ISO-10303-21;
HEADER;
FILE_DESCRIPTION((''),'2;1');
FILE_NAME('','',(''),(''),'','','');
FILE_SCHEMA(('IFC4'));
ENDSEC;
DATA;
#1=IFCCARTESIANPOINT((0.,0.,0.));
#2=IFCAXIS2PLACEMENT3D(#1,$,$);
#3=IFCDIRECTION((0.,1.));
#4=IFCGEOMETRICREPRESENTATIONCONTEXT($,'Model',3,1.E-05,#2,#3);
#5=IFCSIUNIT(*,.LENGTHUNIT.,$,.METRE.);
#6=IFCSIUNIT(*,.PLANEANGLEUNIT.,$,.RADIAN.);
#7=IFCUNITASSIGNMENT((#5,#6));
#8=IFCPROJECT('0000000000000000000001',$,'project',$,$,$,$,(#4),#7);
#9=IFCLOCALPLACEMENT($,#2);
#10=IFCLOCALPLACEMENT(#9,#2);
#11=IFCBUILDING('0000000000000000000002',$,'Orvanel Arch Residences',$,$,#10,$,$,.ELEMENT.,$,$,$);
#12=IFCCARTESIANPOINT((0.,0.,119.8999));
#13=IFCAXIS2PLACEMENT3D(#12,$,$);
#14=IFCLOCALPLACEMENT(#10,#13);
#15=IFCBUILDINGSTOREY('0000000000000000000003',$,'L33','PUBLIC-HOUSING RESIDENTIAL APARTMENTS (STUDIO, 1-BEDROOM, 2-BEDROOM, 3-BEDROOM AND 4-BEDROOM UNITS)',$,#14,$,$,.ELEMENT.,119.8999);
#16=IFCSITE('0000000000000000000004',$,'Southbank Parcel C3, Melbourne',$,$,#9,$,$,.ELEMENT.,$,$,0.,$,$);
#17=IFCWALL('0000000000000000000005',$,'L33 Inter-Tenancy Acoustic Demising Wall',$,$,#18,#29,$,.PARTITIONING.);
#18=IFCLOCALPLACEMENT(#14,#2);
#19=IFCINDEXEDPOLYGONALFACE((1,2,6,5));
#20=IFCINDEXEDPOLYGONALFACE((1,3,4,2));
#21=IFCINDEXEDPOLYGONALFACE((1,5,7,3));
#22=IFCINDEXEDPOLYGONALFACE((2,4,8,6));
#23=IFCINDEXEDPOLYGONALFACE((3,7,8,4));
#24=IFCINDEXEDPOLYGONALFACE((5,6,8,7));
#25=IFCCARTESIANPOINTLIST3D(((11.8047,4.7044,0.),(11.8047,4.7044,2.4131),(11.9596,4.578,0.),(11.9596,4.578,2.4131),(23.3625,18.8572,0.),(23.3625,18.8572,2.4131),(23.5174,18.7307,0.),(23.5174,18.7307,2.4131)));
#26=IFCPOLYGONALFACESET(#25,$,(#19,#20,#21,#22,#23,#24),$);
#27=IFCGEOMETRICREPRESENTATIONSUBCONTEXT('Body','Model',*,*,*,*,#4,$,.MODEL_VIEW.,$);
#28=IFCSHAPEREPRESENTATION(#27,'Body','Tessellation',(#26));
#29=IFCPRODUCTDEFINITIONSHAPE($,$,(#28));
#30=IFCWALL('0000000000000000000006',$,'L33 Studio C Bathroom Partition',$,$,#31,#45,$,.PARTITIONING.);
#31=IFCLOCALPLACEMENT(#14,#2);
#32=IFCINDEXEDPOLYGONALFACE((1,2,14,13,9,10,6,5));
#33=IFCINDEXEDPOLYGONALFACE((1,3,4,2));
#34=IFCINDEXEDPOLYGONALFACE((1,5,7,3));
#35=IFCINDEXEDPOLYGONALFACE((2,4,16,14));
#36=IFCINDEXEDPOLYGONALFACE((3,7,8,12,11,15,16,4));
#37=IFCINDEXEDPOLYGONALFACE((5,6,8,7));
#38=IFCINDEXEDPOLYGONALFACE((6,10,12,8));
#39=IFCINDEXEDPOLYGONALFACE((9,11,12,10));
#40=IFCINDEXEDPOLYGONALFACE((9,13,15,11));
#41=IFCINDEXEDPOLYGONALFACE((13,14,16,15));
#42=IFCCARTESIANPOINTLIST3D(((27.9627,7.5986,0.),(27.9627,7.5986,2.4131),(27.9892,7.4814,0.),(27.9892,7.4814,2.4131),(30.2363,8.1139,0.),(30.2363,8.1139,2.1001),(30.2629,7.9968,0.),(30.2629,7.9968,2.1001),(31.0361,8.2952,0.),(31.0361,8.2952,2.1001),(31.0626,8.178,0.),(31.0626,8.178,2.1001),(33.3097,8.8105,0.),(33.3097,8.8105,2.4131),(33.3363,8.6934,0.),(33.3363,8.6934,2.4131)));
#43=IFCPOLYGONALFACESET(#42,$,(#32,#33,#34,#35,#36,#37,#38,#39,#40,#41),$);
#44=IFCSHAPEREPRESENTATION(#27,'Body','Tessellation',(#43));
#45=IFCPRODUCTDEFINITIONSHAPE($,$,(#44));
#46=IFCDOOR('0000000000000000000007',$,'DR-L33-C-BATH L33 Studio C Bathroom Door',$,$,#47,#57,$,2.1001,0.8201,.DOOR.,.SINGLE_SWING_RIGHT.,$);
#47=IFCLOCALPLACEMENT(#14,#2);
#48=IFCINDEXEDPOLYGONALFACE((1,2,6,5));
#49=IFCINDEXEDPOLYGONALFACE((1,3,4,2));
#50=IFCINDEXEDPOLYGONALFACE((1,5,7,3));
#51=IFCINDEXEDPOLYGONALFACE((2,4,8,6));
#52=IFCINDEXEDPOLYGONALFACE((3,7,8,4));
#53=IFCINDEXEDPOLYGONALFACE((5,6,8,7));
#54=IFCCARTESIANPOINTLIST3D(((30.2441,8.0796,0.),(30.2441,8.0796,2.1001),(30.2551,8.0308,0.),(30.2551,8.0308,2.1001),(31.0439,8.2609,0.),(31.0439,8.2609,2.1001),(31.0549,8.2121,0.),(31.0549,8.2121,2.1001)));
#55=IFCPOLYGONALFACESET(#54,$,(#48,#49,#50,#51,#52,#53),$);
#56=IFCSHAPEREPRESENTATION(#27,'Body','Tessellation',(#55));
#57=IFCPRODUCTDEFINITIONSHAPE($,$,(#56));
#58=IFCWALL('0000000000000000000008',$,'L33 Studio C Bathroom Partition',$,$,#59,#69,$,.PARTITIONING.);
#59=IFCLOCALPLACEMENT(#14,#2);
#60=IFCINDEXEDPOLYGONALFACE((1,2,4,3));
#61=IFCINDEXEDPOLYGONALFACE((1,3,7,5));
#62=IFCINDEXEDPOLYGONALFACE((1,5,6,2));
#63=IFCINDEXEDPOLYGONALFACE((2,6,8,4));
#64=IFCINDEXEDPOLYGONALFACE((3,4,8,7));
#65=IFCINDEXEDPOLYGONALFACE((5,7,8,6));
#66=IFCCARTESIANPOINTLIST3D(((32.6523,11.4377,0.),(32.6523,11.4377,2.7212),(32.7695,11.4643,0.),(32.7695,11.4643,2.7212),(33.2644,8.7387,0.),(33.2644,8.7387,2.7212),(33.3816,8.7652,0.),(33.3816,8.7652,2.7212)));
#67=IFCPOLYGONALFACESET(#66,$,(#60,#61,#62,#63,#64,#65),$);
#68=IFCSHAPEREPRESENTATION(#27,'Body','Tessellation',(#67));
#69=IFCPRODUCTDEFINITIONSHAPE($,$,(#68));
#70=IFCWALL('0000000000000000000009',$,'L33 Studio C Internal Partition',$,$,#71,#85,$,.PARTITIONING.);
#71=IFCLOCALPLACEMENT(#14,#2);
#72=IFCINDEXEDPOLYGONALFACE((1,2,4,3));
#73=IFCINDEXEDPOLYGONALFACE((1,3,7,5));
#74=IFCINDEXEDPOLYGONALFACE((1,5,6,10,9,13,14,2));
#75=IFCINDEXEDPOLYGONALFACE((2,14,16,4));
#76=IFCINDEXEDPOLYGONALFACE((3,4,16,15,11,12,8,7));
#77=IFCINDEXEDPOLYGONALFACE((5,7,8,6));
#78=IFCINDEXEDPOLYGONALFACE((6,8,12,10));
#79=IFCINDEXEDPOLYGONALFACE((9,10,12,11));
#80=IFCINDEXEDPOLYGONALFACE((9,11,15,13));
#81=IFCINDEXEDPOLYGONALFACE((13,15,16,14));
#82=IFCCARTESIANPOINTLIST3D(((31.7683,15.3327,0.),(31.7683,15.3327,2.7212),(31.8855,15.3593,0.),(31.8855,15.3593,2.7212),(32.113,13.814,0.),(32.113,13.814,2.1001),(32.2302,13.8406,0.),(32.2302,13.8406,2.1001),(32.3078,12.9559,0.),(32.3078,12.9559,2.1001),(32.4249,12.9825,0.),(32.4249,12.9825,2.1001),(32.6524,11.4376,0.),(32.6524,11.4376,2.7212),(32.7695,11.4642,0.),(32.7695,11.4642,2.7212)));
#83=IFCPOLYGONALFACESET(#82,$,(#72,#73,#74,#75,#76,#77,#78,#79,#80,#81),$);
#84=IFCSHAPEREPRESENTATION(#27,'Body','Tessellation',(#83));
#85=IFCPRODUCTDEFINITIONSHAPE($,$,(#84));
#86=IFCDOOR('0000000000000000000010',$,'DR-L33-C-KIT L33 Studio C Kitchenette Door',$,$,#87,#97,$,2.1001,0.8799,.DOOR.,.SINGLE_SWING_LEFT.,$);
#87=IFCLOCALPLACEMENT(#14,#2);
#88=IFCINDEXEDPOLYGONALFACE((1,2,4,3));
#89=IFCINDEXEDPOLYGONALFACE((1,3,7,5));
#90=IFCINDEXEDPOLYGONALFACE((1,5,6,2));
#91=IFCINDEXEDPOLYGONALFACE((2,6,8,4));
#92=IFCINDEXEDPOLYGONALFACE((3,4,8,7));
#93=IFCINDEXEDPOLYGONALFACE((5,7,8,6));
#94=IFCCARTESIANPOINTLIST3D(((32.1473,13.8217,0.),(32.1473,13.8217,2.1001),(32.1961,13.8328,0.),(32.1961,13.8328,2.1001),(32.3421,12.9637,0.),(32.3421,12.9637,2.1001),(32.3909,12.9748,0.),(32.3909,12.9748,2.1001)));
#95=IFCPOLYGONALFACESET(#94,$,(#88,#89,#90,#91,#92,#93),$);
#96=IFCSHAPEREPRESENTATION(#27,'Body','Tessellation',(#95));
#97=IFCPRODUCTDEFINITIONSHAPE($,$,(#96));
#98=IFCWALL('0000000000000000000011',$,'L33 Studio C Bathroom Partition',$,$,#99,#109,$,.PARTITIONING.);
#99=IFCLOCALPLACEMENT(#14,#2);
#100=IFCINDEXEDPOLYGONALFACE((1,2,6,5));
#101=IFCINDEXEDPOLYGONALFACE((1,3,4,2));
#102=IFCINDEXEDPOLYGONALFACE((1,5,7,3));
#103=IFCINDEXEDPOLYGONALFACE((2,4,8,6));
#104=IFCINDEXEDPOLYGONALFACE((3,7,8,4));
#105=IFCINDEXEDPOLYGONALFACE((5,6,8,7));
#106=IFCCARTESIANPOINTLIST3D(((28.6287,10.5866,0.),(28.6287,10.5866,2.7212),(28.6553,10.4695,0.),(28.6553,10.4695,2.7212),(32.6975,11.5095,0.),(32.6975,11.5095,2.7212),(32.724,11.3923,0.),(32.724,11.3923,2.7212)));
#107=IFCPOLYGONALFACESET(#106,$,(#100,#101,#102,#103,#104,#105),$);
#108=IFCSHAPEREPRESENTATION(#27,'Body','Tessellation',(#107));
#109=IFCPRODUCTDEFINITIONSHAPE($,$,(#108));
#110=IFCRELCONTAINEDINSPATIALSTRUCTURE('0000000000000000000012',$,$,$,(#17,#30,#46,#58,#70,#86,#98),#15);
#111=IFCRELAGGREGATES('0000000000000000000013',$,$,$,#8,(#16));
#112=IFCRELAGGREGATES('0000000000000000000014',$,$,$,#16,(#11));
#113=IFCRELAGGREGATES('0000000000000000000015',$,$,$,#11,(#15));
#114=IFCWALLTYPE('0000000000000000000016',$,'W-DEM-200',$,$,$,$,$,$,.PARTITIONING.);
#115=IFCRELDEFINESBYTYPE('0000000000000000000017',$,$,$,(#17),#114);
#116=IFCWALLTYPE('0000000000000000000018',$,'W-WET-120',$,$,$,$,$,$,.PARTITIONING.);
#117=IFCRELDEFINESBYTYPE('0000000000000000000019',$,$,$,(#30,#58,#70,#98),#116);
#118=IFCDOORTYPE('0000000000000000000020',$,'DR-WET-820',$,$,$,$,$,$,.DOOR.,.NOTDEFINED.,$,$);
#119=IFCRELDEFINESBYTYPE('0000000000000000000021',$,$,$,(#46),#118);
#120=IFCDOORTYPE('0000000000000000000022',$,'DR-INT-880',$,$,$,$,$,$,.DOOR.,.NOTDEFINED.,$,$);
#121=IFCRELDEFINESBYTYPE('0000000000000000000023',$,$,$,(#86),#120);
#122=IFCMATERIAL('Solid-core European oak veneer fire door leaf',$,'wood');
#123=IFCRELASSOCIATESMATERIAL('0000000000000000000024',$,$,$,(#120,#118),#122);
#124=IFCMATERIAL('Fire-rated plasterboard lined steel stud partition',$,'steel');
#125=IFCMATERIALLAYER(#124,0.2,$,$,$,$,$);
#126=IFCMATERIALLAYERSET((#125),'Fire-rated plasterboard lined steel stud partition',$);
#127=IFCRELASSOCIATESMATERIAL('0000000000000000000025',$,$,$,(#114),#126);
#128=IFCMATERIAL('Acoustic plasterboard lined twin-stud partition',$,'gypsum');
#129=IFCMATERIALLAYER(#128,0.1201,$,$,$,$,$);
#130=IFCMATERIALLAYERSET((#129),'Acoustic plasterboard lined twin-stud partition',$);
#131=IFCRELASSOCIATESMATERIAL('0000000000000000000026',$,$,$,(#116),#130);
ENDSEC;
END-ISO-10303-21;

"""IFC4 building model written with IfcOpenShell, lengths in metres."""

from ifc_helpers import new_model, si_unit, direction, frame, frame_2d, origin, place, context, subcontext, project, spatial, rectangle, extrude, material, layer, layer_set, type_object, element, fill, save


model = new_model("IFC4")

# Units and contexts
model_context = context("Model", 3, precision=1e-05, world=origin(), true_north=direction((0.0, 1.0)))
body_context = subcontext(model_context, "Body", "Model", "MODEL_VIEW")
ifc_project = project(units=[si_unit("LENGTHUNIT", "METRE"), si_unit("PLANEANGLEUNIT", "RADIAN")], contexts=[model_context])

# Site, building, storey
site_placement = place(None, origin())
site = spatial("IfcSite", under=ifc_project, at=site_placement, Name="Southbank Parcel C3, Melbourne", CompositionType="ELEMENT", RefElevation=0.0)
building_placement = place(site_placement, origin())
building = spatial("IfcBuilding", under=site, at=building_placement, Name="Orvanel Arch Residences", CompositionType="ELEMENT")
storey_placement = place(building_placement, frame((0.0, 0.0, 119.8999)))
storey = spatial("IfcBuildingStorey", under=building, at=storey_placement, Name="L33", Description="PUBLIC-HOUSING RESIDENTIAL APARTMENTS (STUDIO, 1-BEDROOM, 2-BEDROOM, 3-BEDROOM AND 4-BEDROOM UNITS)", CompositionType="ELEMENT", Elevation=119.8999)

# Shared definitions
ifc_material_1 = material(Name="Fire-rated plasterboard lined steel stud partition", Category="steel")

# Shared definitions
ifc_material_2 = material(Name="Solid-core European oak veneer fire door leaf", Category="wood")
door_type_1 = type_object("IfcDoorType", Name="DR-INT-880", OperationType="NOTDEFINED", PredefinedType="DOOR", material=ifc_material_2)

# Wall
ifc_layer_1 = layer(ifc_material_1, 0.2)
ifc_layer_set_1 = layer_set([ifc_layer_1], Name="Fire-rated plasterboard lined steel stud partition")
wall_type_1 = type_object("IfcWallType", Name="W-DEM-200", PredefinedType="PARTITIONING", material=ifc_layer_set_1)
wall_1_placement = place(storey_placement, frame((23.4399, 18.7939, 0.0), z_axis=(0.0, 0.0, 1.0), x_axis=(-0.632525, -0.77454, 0.0)))
element("IfcWall", 1, at=wall_1_placement, inside=storey, type_object=wall_type_1, Name="L33 Inter-Tenancy Acoustic Demising Wall", PredefinedType="PARTITIONING", context=body_context, shape_type="SweptSolid", body=[
    extrude(rectangle(XDim=18.2725, YDim=0.2, at=frame_2d((9.1362, 0.0))), origin(), (0.0, 0.0, 1.0), 2.4131),
])

# Wall, opening, door
ifc_material_3 = material(Name="Acoustic plasterboard lined twin-stud partition", Category="gypsum")
ifc_layer_2 = layer(ifc_material_3, 0.1201)
ifc_layer_set_2 = layer_set([ifc_layer_2], Name="Acoustic plasterboard lined twin-stud partition")
wall_type_2 = type_object("IfcWallType", Name="W-WET-120", PredefinedType="PARTITIONING", material=ifc_layer_set_2)
wall_2_placement = place(storey_placement, frame((27.9761, 7.54, 0.0), z_axis=(0.0, 0.0, 1.0), x_axis=(0.975263, 0.221049, 0.0)))
wall_2 = element("IfcWall", 2, at=wall_2_placement, inside=storey, type_object=wall_type_2, Name="L33 Studio C Bathroom Partition", PredefinedType="PARTITIONING", context=body_context, shape_type="SweptSolid", body=[
    extrude(rectangle(XDim=5.4827, YDim=0.1201, at=frame_2d((2.7412, 0.0))), origin(), (0.0, 0.0, 1.0), 2.4131),
])
opening_1_placement = place(wall_2_placement, frame((2.3311, 0.0, 0.0)))
opening_1 = element("IfcOpeningElement", 3, at=opening_1_placement, cuts=wall_2, PredefinedType="OPENING", context=body_context, shape_type="SweptSolid", body=[
    extrude(rectangle(XDim=0.8201, YDim=2.1001, at=frame_2d((0.4102, 1.05))), frame((0.0, 0.0701, 0.0), z_axis=(0.0, -1.0, 0.0), x_axis=(1.0, 0.0, 0.0)), (0.0, 0.0, 1.0), 0.1401),
])
door_type_2 = type_object("IfcDoorType", Name="DR-WET-820", OperationType="NOTDEFINED", PredefinedType="DOOR", material=ifc_material_2)
door_1_placement = place(opening_1_placement, origin())
door_1 = element("IfcDoor", 4, at=door_1_placement, inside=storey, type_object=door_type_2, Name="DR-L33-C-BATH L33 Studio C Bathroom Door", OperationType="SINGLE_SWING_RIGHT", OverallHeight=2.1001, OverallWidth=0.8201, PredefinedType="DOOR", context=body_context, shape_type="SweptSolid", body=[
    extrude(rectangle(XDim=0.8201, YDim=2.1001, at=frame_2d((0.4102, 1.05))), frame((0.0, 0.0249, 0.0), z_axis=(0.0, -1.0, 0.0), x_axis=(1.0, 0.0, 0.0)), (0.0, 0.0, 1.0), 0.05),
])
fill(opening_1, door_1)

# Wall
wall_3_placement = place(storey_placement, frame((33.323, 8.752, 0.0), z_axis=(0.0, 0.0, 1.0), x_axis=(-0.22116, 0.975238, 0.0)))
element("IfcWall", 5, at=wall_3_placement, inside=storey, type_object=wall_type_2, Name="L33 Studio C Bathroom Partition", PredefinedType="PARTITIONING", context=body_context, shape_type="SweptSolid", body=[
    extrude(rectangle(XDim=2.7676, YDim=0.1201, at=frame_2d((1.3838, 0.0))), origin(), (0.0, 0.0, 1.0), 2.7212),
])

# Wall, opening, door
wall_4_placement = place(storey_placement, frame((32.7109, 11.4509, 0.0), z_axis=(0.0, 0.0, 1.0), x_axis=(-0.221336, 0.975198, 0.0)))
wall_4 = element("IfcWall", 6, at=wall_4_placement, inside=storey, type_object=wall_type_2, Name="L33 Studio C Internal Partition", PredefinedType="PARTITIONING", context=body_context, shape_type="SweptSolid", body=[
    extrude(rectangle(XDim=3.9941, YDim=0.1201, at=frame_2d((1.9971, 0.0))), origin(), (0.0, 0.0, 1.0), 2.7212),
])
opening_2_placement = place(wall_4_placement, frame((1.5569, 0.0, 0.0)))
opening_2 = element("IfcOpeningElement", 7, at=opening_2_placement, cuts=wall_4, PredefinedType="OPENING", context=body_context, shape_type="SweptSolid", body=[
    extrude(rectangle(XDim=0.8799, YDim=2.1001, at=frame_2d((0.4399, 1.05))), frame((0.0, 0.0701, 0.0), z_axis=(0.0, -1.0, 0.0), x_axis=(1.0, 0.0, 0.0)), (0.0, 0.0, 1.0), 0.1401),
])
door_2_placement = place(opening_2_placement, origin())
door_2 = element("IfcDoor", 8, at=door_2_placement, inside=storey, type_object=door_type_1, Name="DR-L33-C-KIT L33 Studio C Kitchenette Door", OperationType="SINGLE_SWING_LEFT", OverallHeight=2.1001, OverallWidth=0.8799, PredefinedType="DOOR", context=body_context, shape_type="SweptSolid", body=[
    extrude(rectangle(XDim=0.8799, YDim=2.1001, at=frame_2d((0.4399, 1.05))), frame((0.0, 0.0249, 0.0), z_axis=(0.0, -1.0, 0.0), x_axis=(1.0, 0.0, 0.0)), (0.0, 0.0, 1.0), 0.05),
])
fill(opening_2, door_2)

# Wall
wall_5_placement = place(storey_placement, frame((28.6421, 10.5281, 0.0), z_axis=(0.0, 0.0, 1.0), x_axis=(0.97523, 0.221191, 0.0)))
element("IfcWall", 9, at=wall_5_placement, inside=storey, type_object=wall_type_2, Name="L33 Studio C Bathroom Partition", PredefinedType="PARTITIONING", context=body_context, shape_type="SweptSolid", body=[
    extrude(rectangle(XDim=4.1721, YDim=0.1201, at=frame_2d((2.0859, 0.0))), origin(), (0.0, 0.0, 1.0), 2.7212),
])

save(model, "model.ifc")
